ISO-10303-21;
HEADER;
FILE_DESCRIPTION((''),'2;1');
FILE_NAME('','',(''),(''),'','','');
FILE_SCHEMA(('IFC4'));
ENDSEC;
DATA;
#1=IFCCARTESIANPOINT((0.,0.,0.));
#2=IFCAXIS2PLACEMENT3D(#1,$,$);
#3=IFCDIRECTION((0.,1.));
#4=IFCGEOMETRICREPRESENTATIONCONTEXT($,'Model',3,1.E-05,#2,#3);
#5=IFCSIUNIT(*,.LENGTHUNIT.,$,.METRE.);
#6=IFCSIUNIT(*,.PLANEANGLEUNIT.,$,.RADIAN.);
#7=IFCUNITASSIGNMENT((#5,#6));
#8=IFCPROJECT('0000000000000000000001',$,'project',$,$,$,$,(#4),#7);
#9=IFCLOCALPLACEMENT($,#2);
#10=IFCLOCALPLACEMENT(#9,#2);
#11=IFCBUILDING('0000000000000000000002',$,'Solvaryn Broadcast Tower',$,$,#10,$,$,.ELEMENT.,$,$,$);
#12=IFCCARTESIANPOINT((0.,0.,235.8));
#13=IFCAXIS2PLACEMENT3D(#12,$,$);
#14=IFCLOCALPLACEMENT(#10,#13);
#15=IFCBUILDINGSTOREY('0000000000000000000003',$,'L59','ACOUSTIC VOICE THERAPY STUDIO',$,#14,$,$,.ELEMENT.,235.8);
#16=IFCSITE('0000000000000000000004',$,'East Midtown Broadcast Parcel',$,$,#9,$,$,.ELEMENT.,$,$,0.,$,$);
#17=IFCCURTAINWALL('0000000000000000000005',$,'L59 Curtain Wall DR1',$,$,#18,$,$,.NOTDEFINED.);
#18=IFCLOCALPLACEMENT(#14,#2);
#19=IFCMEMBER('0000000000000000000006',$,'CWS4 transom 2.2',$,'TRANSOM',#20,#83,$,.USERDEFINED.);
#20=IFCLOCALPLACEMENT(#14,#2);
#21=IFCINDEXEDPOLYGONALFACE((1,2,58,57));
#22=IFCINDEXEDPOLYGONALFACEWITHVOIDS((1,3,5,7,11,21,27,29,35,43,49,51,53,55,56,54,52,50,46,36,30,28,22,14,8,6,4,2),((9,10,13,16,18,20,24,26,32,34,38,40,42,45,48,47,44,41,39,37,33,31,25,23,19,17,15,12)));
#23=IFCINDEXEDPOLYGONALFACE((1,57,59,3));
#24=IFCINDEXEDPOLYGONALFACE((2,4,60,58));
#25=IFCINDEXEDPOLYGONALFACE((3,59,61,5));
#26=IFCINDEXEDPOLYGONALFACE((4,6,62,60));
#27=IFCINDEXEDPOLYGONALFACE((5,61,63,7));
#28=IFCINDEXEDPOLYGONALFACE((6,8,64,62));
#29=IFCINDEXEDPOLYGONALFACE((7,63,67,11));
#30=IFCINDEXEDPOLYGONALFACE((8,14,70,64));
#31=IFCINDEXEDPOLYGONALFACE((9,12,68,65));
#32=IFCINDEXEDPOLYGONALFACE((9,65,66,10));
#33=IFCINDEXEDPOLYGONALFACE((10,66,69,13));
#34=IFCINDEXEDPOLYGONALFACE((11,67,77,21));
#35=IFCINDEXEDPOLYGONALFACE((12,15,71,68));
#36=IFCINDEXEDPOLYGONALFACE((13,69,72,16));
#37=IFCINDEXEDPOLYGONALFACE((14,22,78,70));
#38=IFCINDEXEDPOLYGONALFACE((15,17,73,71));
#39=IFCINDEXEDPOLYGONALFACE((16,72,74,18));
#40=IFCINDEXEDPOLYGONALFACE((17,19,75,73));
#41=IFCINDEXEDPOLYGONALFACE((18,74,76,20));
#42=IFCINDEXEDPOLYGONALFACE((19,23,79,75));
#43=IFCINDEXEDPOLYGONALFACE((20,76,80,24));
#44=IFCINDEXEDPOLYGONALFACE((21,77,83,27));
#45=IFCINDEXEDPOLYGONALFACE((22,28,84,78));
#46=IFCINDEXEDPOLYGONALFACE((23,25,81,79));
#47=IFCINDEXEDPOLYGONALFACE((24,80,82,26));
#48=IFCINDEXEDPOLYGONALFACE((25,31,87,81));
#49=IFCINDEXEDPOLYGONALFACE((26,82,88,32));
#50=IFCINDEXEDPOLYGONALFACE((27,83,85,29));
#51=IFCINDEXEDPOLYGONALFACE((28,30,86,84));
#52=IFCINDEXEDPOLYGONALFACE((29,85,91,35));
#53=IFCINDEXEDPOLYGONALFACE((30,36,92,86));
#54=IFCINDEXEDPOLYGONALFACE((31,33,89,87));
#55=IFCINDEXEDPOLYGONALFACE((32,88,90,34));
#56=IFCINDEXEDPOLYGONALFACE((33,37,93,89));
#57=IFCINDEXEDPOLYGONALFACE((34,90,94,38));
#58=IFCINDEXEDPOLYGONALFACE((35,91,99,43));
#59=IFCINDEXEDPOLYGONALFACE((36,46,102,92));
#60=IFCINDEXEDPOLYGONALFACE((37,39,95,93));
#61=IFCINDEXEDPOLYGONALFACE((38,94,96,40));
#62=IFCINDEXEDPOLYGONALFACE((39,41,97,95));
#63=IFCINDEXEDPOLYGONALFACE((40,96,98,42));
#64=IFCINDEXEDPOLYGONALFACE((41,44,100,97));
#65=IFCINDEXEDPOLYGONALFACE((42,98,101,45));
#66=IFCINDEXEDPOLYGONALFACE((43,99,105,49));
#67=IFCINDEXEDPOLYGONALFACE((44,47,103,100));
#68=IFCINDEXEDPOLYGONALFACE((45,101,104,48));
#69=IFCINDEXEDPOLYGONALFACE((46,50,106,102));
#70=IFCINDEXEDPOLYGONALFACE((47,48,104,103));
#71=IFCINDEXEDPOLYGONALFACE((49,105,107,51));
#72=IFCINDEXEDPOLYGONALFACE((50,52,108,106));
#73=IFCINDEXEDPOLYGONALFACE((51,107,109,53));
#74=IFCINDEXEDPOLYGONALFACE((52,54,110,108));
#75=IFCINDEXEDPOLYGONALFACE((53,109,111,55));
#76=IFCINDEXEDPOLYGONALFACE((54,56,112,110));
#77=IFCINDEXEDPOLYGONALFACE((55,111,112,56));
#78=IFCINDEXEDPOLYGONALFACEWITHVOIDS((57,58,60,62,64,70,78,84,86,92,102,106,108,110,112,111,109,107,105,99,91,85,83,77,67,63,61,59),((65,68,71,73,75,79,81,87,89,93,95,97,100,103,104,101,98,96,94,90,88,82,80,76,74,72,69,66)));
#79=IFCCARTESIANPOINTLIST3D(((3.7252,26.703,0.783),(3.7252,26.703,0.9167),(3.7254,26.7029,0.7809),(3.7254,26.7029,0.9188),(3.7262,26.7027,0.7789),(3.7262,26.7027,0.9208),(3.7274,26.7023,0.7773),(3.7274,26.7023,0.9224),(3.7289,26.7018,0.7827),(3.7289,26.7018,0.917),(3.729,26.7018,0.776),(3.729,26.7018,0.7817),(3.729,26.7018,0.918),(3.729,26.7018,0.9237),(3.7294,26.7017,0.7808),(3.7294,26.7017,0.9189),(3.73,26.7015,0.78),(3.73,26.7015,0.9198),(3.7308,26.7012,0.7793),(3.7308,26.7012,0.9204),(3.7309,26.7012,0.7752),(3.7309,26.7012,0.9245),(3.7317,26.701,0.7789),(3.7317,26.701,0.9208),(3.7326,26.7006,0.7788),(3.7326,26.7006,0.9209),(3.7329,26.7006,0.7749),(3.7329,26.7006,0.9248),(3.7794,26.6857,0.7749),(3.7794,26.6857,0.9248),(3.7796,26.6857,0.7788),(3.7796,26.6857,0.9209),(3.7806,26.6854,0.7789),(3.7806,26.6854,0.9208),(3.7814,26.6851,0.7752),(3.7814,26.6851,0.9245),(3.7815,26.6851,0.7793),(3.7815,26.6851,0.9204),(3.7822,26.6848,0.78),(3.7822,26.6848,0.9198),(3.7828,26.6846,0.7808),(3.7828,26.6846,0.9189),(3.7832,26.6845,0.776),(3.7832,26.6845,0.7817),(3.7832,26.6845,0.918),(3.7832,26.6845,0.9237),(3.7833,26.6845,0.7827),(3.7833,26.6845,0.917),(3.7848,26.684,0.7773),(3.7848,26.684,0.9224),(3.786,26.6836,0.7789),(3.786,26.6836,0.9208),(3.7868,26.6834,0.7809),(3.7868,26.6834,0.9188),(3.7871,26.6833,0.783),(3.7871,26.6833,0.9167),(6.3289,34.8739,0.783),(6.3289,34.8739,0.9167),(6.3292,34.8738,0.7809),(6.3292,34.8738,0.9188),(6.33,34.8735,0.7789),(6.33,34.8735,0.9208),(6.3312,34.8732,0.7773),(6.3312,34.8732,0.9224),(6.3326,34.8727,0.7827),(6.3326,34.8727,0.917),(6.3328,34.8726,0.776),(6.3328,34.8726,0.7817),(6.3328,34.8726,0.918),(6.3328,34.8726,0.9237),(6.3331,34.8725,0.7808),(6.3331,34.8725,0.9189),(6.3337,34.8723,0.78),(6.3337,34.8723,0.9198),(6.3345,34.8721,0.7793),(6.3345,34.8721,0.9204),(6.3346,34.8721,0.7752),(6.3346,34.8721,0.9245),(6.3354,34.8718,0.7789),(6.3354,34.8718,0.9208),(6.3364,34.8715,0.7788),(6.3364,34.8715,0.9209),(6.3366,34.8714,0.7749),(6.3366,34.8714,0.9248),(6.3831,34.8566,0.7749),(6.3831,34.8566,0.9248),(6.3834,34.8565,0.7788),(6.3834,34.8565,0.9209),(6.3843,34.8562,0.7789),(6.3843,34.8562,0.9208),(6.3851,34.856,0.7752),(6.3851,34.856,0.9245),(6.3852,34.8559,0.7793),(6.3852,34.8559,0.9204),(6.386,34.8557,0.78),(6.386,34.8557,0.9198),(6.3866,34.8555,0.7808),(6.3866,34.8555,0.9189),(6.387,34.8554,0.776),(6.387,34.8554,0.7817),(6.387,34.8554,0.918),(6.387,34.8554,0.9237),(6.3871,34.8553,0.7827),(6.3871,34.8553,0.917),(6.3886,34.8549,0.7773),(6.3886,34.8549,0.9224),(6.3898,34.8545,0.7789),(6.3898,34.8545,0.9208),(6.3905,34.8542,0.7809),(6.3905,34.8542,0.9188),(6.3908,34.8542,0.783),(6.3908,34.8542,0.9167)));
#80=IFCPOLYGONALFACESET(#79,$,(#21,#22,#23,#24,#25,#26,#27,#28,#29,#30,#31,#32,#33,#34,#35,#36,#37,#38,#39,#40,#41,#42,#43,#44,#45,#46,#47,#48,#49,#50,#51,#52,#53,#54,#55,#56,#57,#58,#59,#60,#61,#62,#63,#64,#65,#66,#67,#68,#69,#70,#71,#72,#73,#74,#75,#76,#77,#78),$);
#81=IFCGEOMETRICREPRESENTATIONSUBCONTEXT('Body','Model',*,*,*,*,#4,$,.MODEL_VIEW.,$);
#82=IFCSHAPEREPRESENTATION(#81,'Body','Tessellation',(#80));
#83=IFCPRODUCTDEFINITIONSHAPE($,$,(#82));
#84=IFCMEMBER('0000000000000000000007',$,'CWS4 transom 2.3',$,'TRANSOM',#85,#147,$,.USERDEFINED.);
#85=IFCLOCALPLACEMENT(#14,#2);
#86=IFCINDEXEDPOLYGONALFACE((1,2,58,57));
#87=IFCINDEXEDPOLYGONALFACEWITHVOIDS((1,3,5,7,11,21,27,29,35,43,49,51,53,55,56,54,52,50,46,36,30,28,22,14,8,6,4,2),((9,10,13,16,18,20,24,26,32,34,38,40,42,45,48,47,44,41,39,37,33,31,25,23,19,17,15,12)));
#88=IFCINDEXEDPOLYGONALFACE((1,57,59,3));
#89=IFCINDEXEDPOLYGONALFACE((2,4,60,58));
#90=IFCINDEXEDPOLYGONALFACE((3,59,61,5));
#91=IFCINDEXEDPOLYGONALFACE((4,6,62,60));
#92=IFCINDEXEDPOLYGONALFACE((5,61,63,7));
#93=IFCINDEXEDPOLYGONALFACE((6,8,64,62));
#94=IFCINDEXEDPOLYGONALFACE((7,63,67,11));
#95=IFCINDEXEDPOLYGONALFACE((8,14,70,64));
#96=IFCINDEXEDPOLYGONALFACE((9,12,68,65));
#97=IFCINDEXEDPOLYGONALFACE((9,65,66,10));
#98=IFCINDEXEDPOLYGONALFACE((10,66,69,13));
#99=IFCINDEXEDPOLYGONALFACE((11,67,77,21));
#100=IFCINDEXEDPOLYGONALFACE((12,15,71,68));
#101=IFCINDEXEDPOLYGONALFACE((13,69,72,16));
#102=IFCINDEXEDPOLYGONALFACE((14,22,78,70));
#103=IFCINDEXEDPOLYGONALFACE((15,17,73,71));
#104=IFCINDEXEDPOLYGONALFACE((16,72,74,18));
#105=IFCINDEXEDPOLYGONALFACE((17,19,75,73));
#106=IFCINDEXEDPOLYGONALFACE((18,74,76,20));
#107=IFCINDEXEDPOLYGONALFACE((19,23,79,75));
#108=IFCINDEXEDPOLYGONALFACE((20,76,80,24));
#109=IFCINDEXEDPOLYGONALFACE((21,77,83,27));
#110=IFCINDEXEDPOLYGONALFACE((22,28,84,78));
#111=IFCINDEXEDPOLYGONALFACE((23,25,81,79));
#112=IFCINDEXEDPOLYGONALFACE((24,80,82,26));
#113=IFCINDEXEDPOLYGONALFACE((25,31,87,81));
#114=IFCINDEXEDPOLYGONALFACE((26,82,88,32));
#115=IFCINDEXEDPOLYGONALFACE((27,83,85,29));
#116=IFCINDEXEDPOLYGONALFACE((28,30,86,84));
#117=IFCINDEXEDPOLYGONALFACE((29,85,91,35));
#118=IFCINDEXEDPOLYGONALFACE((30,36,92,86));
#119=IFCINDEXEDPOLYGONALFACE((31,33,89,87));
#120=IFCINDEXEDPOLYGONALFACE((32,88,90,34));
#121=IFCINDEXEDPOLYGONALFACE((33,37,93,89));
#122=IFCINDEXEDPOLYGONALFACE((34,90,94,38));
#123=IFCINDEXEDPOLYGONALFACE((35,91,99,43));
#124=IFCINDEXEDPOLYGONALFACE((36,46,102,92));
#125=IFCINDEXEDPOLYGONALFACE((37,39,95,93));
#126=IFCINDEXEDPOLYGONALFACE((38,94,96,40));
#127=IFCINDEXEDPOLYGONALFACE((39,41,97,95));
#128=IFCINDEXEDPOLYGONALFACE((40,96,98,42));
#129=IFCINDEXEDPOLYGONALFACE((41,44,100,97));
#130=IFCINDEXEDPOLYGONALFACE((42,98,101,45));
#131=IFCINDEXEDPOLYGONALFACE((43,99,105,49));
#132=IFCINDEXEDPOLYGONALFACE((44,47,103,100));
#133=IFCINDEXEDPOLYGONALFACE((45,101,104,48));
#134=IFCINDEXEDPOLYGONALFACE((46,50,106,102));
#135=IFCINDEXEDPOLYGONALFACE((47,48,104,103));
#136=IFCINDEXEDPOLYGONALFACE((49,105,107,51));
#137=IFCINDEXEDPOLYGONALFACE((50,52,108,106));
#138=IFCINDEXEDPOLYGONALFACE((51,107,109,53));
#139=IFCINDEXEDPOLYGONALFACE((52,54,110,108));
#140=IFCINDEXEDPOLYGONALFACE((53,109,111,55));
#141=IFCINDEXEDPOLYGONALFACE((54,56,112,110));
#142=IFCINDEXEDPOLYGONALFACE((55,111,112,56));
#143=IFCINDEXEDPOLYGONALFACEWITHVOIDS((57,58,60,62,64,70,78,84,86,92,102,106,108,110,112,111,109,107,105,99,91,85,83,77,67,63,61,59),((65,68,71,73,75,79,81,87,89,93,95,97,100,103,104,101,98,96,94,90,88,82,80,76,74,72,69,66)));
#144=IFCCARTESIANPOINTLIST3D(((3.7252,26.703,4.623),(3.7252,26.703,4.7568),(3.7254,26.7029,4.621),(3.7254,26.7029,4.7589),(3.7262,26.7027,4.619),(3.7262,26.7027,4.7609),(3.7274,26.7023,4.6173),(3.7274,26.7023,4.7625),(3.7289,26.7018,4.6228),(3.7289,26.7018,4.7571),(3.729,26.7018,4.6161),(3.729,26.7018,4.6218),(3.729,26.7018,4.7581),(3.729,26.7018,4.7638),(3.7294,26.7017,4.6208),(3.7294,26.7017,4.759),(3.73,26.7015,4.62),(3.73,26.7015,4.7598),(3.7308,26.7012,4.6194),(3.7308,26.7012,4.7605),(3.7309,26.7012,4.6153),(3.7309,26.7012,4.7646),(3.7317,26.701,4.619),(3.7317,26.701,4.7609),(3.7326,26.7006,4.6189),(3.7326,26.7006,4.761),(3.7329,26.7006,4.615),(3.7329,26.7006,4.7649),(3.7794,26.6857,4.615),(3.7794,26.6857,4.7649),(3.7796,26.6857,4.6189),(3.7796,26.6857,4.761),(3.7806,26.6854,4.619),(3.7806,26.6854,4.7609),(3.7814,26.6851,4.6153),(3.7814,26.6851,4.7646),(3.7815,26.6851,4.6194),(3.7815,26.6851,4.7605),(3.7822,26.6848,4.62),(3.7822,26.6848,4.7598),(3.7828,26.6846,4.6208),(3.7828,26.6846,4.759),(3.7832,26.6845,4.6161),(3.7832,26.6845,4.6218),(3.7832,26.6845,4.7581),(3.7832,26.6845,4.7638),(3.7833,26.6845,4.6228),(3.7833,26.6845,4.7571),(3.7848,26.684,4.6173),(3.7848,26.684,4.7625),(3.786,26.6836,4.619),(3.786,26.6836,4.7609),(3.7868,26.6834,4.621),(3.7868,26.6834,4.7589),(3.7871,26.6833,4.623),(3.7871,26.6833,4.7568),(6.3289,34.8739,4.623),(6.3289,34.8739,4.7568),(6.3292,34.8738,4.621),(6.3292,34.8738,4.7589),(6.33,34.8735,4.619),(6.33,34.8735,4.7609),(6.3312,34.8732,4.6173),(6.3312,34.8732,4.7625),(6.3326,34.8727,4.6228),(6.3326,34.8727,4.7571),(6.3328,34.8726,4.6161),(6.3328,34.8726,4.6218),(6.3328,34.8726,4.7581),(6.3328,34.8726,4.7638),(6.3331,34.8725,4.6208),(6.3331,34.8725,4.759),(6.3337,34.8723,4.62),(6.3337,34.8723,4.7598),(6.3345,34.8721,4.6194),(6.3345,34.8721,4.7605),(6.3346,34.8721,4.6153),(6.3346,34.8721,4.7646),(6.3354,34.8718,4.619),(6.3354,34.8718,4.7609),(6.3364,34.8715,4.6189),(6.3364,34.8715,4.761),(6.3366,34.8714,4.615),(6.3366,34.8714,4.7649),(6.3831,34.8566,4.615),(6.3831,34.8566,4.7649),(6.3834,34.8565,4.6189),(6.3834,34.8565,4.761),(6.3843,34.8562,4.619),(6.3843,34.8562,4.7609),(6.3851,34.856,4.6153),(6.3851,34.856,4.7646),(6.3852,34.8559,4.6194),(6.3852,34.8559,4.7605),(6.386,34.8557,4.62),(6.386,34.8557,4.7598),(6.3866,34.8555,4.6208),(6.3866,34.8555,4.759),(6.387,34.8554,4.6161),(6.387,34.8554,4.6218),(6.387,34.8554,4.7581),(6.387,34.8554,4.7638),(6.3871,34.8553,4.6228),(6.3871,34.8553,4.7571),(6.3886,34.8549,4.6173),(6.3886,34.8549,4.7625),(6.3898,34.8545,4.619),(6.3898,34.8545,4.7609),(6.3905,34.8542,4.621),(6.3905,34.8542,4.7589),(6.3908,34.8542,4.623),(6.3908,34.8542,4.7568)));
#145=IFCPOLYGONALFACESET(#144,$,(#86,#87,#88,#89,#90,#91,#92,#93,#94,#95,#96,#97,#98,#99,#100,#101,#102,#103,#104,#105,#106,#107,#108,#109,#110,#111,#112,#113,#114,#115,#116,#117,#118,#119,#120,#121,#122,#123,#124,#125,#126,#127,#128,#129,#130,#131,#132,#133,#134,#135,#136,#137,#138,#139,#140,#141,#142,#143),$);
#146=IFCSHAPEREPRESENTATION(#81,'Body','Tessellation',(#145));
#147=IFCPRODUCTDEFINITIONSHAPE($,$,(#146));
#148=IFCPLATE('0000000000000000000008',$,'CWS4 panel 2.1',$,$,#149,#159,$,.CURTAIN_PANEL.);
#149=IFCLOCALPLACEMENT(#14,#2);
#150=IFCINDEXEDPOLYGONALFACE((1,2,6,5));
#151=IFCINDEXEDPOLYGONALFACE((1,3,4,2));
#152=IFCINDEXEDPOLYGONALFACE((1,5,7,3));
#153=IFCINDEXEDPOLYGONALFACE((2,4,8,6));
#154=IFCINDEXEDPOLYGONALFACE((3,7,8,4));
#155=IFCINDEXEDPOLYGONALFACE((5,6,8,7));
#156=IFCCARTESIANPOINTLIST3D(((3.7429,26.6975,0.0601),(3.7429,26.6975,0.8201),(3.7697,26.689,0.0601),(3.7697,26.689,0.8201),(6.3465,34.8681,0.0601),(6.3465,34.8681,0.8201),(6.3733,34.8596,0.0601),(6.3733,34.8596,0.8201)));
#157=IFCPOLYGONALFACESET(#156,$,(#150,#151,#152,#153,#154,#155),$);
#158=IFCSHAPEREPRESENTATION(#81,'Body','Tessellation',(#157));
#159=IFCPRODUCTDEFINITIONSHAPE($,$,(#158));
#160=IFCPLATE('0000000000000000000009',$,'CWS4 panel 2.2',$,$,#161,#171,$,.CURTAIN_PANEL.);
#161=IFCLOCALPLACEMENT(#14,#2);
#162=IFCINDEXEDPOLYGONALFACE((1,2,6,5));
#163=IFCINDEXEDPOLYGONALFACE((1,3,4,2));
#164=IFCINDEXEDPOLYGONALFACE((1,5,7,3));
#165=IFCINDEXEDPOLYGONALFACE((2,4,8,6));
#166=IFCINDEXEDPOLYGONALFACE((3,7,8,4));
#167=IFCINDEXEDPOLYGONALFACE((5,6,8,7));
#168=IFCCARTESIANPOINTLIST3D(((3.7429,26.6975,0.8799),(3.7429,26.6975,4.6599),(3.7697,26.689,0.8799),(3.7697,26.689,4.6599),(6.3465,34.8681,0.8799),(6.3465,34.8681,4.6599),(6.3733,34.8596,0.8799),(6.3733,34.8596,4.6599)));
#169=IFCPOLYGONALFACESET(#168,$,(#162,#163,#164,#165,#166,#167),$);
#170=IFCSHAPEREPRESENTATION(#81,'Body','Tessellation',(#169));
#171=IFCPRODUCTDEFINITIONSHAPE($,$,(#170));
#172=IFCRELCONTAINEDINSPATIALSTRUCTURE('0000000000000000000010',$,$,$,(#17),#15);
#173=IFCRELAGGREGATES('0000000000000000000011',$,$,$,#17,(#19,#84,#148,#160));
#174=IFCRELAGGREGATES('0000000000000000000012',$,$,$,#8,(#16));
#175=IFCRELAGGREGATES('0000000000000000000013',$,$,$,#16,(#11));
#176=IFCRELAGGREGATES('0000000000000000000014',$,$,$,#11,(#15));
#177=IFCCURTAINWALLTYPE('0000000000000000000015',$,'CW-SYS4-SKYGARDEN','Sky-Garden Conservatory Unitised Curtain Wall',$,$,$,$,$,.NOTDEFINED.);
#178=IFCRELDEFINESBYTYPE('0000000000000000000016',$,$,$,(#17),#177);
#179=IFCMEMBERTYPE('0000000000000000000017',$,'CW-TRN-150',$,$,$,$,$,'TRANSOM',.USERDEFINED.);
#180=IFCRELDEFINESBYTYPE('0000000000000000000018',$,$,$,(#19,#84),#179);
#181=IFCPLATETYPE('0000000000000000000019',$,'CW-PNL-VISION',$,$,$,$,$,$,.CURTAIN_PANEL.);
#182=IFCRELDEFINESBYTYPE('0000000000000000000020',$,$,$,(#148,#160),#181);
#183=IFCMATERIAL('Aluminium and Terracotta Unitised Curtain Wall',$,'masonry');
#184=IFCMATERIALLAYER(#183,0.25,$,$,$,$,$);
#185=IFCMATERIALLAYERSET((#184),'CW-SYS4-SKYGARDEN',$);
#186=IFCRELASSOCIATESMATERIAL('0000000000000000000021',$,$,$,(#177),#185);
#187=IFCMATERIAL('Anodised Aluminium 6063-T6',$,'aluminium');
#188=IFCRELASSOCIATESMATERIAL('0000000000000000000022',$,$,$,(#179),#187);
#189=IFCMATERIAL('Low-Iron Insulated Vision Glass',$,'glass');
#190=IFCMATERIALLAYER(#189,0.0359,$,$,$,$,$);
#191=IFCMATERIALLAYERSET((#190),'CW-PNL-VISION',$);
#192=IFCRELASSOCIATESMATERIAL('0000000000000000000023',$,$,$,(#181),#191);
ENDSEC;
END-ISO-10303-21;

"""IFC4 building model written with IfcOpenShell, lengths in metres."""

from ifc_helpers import new_model, si_unit, direction, frame, origin, origin_2d, place, context, subcontext, project, spatial, rectangle, hollow_rectangle, extrude, material, layer, layer_set, material_profile, profile_set, type_object, element, aggregate, save


model = new_model("IFC4")

# Units and contexts
model_context = context("Model", 3, precision=1e-05, world=origin(), true_north=direction((0.0, 1.0)))
body_context = subcontext(model_context, "Body", "Model", "MODEL_VIEW")
ifc_project = project(units=[si_unit("LENGTHUNIT", "METRE"), si_unit("PLANEANGLEUNIT", "RADIAN")], contexts=[model_context])

# Site, building, storey
site_placement = place(None, origin())
site = spatial("IfcSite", under=ifc_project, at=site_placement, Name="East Midtown Broadcast Parcel", CompositionType="ELEMENT", RefElevation=0.0)
building_placement = place(site_placement, origin())
building = spatial("IfcBuilding", under=site, at=building_placement, Name="Solvaryn Broadcast Tower", CompositionType="ELEMENT")
storey_placement = place(building_placement, frame((0.0, 0.0, 235.8)))
storey = spatial("IfcBuildingStorey", under=building, at=storey_placement, Name="L59", Description="ACOUSTIC VOICE THERAPY STUDIO", CompositionType="ELEMENT", Elevation=235.8)

# Curtain wall, members, plates
ifc_material_1 = material(Name="Aluminium and Terracotta Unitised Curtain Wall", Category="masonry")
ifc_layer_1 = layer(ifc_material_1, 0.25)
ifc_layer_set_1 = layer_set([ifc_layer_1], Name="CW-SYS4-SKYGARDEN")
curtain_wall_type = type_object("IfcCurtainWallType", Name="CW-SYS4-SKYGARDEN", Description="Sky-Garden Conservatory Unitised Curtain Wall", PredefinedType="NOTDEFINED", material=ifc_layer_set_1)
curtain_wall_placement = place(storey_placement, origin())
curtain_wall = element("IfcCurtainWall", 1, at=curtain_wall_placement, inside=storey, type_object=curtain_wall_type, Name="L59 Curtain Wall DR1", PredefinedType="NOTDEFINED")
ifc_material_2 = material(Name="Anodised Aluminium 6063-T6", Category="aluminium")
ifc_material_profile_1 = material_profile(ifc_material_2, hollow_rectangle(XDim=0.0649, YDim=0.1499, WallThickness=0.0039, InnerFilletRadius=0.0039, OuterFilletRadius=0.0081, at=origin_2d()))
ifc_profile_set_1 = profile_set([ifc_material_profile_1], Name="Anodised Aluminium 6063-T6")
member_type_1 = type_object("IfcMemberType", Name="CW-TRN-150", ElementType="TRANSOM", PredefinedType="USERDEFINED", material=ifc_profile_set_1)
member_1_placement = place(storey_placement, frame((6.3599, 34.864, 0.8499), z_axis=(-0.30362, -0.952793, 0.0), x_axis=(0.952793, -0.30362, 0.0)))
member_1 = element("IfcMember", 2, at=member_1_placement, type_object=member_type_1, Name="CWS4 transom 2.2", ObjectType="TRANSOM", PredefinedType="USERDEFINED", context=body_context, shape_type="SweptSolid", body=[
    extrude(hollow_rectangle(XDim=0.0649, YDim=0.1499, WallThickness=0.0039, InnerFilletRadius=0.0039, OuterFilletRadius=0.0081, at=origin_2d()), origin(), (0.0, 0.0, 1.0), 8.5757),
])
member_2_placement = place(storey_placement, frame((6.3599, 34.864, 4.6899), z_axis=(-0.30362, -0.952793, 0.0), x_axis=(0.952793, -0.30362, 0.0)))
member_2 = element("IfcMember", 3, at=member_2_placement, type_object=member_type_1, Name="CWS4 transom 2.3", ObjectType="TRANSOM", PredefinedType="USERDEFINED", context=body_context, shape_type="SweptSolid", body=[
    extrude(hollow_rectangle(XDim=0.0649, YDim=0.1499, WallThickness=0.0039, InnerFilletRadius=0.0039, OuterFilletRadius=0.0081, at=origin_2d()), origin(), (0.0, 0.0, 1.0), 8.5757),
])
ifc_material_3 = material(Name="Low-Iron Insulated Vision Glass", Category="glass")
ifc_layer_2 = layer(ifc_material_3, 0.0359)
ifc_layer_set_2 = layer_set([ifc_layer_2], Name="CW-PNL-VISION")
plate_type = type_object("IfcPlateType", Name="CW-PNL-VISION", PredefinedType="CURTAIN_PANEL", material=ifc_layer_set_2)
plate_1_placement = place(storey_placement, frame((5.0581, 30.7786, 0.0601), z_axis=(0.0, 0.0, 1.0), x_axis=(-0.303616, -0.952795, 0.0)))
plate_1 = element("IfcPlate", 4, at=plate_1_placement, type_object=plate_type, Name="CWS4 panel 2.1", PredefinedType="CURTAIN_PANEL", context=body_context, shape_type="SweptSolid", body=[
    extrude(rectangle(XDim=8.5754, YDim=0.0281, at=origin_2d()), origin(), (0.0, 0.0, 1.0), 0.76),
])
plate_2_placement = place(storey_placement, frame((5.0581, 30.7786, 0.8799), z_axis=(0.0, 0.0, 1.0), x_axis=(-0.303616, -0.952795, 0.0)))
plate_2 = element("IfcPlate", 5, at=plate_2_placement, type_object=plate_type, Name="CWS4 panel 2.2", PredefinedType="CURTAIN_PANEL", context=body_context, shape_type="SweptSolid", body=[
    extrude(rectangle(XDim=8.5754, YDim=0.0281, at=origin_2d()), origin(), (0.0, 0.0, 1.0), 3.78),
])
aggregate(curtain_wall, [member_1, member_2, plate_1, plate_2])

save(model, "model.ifc")
